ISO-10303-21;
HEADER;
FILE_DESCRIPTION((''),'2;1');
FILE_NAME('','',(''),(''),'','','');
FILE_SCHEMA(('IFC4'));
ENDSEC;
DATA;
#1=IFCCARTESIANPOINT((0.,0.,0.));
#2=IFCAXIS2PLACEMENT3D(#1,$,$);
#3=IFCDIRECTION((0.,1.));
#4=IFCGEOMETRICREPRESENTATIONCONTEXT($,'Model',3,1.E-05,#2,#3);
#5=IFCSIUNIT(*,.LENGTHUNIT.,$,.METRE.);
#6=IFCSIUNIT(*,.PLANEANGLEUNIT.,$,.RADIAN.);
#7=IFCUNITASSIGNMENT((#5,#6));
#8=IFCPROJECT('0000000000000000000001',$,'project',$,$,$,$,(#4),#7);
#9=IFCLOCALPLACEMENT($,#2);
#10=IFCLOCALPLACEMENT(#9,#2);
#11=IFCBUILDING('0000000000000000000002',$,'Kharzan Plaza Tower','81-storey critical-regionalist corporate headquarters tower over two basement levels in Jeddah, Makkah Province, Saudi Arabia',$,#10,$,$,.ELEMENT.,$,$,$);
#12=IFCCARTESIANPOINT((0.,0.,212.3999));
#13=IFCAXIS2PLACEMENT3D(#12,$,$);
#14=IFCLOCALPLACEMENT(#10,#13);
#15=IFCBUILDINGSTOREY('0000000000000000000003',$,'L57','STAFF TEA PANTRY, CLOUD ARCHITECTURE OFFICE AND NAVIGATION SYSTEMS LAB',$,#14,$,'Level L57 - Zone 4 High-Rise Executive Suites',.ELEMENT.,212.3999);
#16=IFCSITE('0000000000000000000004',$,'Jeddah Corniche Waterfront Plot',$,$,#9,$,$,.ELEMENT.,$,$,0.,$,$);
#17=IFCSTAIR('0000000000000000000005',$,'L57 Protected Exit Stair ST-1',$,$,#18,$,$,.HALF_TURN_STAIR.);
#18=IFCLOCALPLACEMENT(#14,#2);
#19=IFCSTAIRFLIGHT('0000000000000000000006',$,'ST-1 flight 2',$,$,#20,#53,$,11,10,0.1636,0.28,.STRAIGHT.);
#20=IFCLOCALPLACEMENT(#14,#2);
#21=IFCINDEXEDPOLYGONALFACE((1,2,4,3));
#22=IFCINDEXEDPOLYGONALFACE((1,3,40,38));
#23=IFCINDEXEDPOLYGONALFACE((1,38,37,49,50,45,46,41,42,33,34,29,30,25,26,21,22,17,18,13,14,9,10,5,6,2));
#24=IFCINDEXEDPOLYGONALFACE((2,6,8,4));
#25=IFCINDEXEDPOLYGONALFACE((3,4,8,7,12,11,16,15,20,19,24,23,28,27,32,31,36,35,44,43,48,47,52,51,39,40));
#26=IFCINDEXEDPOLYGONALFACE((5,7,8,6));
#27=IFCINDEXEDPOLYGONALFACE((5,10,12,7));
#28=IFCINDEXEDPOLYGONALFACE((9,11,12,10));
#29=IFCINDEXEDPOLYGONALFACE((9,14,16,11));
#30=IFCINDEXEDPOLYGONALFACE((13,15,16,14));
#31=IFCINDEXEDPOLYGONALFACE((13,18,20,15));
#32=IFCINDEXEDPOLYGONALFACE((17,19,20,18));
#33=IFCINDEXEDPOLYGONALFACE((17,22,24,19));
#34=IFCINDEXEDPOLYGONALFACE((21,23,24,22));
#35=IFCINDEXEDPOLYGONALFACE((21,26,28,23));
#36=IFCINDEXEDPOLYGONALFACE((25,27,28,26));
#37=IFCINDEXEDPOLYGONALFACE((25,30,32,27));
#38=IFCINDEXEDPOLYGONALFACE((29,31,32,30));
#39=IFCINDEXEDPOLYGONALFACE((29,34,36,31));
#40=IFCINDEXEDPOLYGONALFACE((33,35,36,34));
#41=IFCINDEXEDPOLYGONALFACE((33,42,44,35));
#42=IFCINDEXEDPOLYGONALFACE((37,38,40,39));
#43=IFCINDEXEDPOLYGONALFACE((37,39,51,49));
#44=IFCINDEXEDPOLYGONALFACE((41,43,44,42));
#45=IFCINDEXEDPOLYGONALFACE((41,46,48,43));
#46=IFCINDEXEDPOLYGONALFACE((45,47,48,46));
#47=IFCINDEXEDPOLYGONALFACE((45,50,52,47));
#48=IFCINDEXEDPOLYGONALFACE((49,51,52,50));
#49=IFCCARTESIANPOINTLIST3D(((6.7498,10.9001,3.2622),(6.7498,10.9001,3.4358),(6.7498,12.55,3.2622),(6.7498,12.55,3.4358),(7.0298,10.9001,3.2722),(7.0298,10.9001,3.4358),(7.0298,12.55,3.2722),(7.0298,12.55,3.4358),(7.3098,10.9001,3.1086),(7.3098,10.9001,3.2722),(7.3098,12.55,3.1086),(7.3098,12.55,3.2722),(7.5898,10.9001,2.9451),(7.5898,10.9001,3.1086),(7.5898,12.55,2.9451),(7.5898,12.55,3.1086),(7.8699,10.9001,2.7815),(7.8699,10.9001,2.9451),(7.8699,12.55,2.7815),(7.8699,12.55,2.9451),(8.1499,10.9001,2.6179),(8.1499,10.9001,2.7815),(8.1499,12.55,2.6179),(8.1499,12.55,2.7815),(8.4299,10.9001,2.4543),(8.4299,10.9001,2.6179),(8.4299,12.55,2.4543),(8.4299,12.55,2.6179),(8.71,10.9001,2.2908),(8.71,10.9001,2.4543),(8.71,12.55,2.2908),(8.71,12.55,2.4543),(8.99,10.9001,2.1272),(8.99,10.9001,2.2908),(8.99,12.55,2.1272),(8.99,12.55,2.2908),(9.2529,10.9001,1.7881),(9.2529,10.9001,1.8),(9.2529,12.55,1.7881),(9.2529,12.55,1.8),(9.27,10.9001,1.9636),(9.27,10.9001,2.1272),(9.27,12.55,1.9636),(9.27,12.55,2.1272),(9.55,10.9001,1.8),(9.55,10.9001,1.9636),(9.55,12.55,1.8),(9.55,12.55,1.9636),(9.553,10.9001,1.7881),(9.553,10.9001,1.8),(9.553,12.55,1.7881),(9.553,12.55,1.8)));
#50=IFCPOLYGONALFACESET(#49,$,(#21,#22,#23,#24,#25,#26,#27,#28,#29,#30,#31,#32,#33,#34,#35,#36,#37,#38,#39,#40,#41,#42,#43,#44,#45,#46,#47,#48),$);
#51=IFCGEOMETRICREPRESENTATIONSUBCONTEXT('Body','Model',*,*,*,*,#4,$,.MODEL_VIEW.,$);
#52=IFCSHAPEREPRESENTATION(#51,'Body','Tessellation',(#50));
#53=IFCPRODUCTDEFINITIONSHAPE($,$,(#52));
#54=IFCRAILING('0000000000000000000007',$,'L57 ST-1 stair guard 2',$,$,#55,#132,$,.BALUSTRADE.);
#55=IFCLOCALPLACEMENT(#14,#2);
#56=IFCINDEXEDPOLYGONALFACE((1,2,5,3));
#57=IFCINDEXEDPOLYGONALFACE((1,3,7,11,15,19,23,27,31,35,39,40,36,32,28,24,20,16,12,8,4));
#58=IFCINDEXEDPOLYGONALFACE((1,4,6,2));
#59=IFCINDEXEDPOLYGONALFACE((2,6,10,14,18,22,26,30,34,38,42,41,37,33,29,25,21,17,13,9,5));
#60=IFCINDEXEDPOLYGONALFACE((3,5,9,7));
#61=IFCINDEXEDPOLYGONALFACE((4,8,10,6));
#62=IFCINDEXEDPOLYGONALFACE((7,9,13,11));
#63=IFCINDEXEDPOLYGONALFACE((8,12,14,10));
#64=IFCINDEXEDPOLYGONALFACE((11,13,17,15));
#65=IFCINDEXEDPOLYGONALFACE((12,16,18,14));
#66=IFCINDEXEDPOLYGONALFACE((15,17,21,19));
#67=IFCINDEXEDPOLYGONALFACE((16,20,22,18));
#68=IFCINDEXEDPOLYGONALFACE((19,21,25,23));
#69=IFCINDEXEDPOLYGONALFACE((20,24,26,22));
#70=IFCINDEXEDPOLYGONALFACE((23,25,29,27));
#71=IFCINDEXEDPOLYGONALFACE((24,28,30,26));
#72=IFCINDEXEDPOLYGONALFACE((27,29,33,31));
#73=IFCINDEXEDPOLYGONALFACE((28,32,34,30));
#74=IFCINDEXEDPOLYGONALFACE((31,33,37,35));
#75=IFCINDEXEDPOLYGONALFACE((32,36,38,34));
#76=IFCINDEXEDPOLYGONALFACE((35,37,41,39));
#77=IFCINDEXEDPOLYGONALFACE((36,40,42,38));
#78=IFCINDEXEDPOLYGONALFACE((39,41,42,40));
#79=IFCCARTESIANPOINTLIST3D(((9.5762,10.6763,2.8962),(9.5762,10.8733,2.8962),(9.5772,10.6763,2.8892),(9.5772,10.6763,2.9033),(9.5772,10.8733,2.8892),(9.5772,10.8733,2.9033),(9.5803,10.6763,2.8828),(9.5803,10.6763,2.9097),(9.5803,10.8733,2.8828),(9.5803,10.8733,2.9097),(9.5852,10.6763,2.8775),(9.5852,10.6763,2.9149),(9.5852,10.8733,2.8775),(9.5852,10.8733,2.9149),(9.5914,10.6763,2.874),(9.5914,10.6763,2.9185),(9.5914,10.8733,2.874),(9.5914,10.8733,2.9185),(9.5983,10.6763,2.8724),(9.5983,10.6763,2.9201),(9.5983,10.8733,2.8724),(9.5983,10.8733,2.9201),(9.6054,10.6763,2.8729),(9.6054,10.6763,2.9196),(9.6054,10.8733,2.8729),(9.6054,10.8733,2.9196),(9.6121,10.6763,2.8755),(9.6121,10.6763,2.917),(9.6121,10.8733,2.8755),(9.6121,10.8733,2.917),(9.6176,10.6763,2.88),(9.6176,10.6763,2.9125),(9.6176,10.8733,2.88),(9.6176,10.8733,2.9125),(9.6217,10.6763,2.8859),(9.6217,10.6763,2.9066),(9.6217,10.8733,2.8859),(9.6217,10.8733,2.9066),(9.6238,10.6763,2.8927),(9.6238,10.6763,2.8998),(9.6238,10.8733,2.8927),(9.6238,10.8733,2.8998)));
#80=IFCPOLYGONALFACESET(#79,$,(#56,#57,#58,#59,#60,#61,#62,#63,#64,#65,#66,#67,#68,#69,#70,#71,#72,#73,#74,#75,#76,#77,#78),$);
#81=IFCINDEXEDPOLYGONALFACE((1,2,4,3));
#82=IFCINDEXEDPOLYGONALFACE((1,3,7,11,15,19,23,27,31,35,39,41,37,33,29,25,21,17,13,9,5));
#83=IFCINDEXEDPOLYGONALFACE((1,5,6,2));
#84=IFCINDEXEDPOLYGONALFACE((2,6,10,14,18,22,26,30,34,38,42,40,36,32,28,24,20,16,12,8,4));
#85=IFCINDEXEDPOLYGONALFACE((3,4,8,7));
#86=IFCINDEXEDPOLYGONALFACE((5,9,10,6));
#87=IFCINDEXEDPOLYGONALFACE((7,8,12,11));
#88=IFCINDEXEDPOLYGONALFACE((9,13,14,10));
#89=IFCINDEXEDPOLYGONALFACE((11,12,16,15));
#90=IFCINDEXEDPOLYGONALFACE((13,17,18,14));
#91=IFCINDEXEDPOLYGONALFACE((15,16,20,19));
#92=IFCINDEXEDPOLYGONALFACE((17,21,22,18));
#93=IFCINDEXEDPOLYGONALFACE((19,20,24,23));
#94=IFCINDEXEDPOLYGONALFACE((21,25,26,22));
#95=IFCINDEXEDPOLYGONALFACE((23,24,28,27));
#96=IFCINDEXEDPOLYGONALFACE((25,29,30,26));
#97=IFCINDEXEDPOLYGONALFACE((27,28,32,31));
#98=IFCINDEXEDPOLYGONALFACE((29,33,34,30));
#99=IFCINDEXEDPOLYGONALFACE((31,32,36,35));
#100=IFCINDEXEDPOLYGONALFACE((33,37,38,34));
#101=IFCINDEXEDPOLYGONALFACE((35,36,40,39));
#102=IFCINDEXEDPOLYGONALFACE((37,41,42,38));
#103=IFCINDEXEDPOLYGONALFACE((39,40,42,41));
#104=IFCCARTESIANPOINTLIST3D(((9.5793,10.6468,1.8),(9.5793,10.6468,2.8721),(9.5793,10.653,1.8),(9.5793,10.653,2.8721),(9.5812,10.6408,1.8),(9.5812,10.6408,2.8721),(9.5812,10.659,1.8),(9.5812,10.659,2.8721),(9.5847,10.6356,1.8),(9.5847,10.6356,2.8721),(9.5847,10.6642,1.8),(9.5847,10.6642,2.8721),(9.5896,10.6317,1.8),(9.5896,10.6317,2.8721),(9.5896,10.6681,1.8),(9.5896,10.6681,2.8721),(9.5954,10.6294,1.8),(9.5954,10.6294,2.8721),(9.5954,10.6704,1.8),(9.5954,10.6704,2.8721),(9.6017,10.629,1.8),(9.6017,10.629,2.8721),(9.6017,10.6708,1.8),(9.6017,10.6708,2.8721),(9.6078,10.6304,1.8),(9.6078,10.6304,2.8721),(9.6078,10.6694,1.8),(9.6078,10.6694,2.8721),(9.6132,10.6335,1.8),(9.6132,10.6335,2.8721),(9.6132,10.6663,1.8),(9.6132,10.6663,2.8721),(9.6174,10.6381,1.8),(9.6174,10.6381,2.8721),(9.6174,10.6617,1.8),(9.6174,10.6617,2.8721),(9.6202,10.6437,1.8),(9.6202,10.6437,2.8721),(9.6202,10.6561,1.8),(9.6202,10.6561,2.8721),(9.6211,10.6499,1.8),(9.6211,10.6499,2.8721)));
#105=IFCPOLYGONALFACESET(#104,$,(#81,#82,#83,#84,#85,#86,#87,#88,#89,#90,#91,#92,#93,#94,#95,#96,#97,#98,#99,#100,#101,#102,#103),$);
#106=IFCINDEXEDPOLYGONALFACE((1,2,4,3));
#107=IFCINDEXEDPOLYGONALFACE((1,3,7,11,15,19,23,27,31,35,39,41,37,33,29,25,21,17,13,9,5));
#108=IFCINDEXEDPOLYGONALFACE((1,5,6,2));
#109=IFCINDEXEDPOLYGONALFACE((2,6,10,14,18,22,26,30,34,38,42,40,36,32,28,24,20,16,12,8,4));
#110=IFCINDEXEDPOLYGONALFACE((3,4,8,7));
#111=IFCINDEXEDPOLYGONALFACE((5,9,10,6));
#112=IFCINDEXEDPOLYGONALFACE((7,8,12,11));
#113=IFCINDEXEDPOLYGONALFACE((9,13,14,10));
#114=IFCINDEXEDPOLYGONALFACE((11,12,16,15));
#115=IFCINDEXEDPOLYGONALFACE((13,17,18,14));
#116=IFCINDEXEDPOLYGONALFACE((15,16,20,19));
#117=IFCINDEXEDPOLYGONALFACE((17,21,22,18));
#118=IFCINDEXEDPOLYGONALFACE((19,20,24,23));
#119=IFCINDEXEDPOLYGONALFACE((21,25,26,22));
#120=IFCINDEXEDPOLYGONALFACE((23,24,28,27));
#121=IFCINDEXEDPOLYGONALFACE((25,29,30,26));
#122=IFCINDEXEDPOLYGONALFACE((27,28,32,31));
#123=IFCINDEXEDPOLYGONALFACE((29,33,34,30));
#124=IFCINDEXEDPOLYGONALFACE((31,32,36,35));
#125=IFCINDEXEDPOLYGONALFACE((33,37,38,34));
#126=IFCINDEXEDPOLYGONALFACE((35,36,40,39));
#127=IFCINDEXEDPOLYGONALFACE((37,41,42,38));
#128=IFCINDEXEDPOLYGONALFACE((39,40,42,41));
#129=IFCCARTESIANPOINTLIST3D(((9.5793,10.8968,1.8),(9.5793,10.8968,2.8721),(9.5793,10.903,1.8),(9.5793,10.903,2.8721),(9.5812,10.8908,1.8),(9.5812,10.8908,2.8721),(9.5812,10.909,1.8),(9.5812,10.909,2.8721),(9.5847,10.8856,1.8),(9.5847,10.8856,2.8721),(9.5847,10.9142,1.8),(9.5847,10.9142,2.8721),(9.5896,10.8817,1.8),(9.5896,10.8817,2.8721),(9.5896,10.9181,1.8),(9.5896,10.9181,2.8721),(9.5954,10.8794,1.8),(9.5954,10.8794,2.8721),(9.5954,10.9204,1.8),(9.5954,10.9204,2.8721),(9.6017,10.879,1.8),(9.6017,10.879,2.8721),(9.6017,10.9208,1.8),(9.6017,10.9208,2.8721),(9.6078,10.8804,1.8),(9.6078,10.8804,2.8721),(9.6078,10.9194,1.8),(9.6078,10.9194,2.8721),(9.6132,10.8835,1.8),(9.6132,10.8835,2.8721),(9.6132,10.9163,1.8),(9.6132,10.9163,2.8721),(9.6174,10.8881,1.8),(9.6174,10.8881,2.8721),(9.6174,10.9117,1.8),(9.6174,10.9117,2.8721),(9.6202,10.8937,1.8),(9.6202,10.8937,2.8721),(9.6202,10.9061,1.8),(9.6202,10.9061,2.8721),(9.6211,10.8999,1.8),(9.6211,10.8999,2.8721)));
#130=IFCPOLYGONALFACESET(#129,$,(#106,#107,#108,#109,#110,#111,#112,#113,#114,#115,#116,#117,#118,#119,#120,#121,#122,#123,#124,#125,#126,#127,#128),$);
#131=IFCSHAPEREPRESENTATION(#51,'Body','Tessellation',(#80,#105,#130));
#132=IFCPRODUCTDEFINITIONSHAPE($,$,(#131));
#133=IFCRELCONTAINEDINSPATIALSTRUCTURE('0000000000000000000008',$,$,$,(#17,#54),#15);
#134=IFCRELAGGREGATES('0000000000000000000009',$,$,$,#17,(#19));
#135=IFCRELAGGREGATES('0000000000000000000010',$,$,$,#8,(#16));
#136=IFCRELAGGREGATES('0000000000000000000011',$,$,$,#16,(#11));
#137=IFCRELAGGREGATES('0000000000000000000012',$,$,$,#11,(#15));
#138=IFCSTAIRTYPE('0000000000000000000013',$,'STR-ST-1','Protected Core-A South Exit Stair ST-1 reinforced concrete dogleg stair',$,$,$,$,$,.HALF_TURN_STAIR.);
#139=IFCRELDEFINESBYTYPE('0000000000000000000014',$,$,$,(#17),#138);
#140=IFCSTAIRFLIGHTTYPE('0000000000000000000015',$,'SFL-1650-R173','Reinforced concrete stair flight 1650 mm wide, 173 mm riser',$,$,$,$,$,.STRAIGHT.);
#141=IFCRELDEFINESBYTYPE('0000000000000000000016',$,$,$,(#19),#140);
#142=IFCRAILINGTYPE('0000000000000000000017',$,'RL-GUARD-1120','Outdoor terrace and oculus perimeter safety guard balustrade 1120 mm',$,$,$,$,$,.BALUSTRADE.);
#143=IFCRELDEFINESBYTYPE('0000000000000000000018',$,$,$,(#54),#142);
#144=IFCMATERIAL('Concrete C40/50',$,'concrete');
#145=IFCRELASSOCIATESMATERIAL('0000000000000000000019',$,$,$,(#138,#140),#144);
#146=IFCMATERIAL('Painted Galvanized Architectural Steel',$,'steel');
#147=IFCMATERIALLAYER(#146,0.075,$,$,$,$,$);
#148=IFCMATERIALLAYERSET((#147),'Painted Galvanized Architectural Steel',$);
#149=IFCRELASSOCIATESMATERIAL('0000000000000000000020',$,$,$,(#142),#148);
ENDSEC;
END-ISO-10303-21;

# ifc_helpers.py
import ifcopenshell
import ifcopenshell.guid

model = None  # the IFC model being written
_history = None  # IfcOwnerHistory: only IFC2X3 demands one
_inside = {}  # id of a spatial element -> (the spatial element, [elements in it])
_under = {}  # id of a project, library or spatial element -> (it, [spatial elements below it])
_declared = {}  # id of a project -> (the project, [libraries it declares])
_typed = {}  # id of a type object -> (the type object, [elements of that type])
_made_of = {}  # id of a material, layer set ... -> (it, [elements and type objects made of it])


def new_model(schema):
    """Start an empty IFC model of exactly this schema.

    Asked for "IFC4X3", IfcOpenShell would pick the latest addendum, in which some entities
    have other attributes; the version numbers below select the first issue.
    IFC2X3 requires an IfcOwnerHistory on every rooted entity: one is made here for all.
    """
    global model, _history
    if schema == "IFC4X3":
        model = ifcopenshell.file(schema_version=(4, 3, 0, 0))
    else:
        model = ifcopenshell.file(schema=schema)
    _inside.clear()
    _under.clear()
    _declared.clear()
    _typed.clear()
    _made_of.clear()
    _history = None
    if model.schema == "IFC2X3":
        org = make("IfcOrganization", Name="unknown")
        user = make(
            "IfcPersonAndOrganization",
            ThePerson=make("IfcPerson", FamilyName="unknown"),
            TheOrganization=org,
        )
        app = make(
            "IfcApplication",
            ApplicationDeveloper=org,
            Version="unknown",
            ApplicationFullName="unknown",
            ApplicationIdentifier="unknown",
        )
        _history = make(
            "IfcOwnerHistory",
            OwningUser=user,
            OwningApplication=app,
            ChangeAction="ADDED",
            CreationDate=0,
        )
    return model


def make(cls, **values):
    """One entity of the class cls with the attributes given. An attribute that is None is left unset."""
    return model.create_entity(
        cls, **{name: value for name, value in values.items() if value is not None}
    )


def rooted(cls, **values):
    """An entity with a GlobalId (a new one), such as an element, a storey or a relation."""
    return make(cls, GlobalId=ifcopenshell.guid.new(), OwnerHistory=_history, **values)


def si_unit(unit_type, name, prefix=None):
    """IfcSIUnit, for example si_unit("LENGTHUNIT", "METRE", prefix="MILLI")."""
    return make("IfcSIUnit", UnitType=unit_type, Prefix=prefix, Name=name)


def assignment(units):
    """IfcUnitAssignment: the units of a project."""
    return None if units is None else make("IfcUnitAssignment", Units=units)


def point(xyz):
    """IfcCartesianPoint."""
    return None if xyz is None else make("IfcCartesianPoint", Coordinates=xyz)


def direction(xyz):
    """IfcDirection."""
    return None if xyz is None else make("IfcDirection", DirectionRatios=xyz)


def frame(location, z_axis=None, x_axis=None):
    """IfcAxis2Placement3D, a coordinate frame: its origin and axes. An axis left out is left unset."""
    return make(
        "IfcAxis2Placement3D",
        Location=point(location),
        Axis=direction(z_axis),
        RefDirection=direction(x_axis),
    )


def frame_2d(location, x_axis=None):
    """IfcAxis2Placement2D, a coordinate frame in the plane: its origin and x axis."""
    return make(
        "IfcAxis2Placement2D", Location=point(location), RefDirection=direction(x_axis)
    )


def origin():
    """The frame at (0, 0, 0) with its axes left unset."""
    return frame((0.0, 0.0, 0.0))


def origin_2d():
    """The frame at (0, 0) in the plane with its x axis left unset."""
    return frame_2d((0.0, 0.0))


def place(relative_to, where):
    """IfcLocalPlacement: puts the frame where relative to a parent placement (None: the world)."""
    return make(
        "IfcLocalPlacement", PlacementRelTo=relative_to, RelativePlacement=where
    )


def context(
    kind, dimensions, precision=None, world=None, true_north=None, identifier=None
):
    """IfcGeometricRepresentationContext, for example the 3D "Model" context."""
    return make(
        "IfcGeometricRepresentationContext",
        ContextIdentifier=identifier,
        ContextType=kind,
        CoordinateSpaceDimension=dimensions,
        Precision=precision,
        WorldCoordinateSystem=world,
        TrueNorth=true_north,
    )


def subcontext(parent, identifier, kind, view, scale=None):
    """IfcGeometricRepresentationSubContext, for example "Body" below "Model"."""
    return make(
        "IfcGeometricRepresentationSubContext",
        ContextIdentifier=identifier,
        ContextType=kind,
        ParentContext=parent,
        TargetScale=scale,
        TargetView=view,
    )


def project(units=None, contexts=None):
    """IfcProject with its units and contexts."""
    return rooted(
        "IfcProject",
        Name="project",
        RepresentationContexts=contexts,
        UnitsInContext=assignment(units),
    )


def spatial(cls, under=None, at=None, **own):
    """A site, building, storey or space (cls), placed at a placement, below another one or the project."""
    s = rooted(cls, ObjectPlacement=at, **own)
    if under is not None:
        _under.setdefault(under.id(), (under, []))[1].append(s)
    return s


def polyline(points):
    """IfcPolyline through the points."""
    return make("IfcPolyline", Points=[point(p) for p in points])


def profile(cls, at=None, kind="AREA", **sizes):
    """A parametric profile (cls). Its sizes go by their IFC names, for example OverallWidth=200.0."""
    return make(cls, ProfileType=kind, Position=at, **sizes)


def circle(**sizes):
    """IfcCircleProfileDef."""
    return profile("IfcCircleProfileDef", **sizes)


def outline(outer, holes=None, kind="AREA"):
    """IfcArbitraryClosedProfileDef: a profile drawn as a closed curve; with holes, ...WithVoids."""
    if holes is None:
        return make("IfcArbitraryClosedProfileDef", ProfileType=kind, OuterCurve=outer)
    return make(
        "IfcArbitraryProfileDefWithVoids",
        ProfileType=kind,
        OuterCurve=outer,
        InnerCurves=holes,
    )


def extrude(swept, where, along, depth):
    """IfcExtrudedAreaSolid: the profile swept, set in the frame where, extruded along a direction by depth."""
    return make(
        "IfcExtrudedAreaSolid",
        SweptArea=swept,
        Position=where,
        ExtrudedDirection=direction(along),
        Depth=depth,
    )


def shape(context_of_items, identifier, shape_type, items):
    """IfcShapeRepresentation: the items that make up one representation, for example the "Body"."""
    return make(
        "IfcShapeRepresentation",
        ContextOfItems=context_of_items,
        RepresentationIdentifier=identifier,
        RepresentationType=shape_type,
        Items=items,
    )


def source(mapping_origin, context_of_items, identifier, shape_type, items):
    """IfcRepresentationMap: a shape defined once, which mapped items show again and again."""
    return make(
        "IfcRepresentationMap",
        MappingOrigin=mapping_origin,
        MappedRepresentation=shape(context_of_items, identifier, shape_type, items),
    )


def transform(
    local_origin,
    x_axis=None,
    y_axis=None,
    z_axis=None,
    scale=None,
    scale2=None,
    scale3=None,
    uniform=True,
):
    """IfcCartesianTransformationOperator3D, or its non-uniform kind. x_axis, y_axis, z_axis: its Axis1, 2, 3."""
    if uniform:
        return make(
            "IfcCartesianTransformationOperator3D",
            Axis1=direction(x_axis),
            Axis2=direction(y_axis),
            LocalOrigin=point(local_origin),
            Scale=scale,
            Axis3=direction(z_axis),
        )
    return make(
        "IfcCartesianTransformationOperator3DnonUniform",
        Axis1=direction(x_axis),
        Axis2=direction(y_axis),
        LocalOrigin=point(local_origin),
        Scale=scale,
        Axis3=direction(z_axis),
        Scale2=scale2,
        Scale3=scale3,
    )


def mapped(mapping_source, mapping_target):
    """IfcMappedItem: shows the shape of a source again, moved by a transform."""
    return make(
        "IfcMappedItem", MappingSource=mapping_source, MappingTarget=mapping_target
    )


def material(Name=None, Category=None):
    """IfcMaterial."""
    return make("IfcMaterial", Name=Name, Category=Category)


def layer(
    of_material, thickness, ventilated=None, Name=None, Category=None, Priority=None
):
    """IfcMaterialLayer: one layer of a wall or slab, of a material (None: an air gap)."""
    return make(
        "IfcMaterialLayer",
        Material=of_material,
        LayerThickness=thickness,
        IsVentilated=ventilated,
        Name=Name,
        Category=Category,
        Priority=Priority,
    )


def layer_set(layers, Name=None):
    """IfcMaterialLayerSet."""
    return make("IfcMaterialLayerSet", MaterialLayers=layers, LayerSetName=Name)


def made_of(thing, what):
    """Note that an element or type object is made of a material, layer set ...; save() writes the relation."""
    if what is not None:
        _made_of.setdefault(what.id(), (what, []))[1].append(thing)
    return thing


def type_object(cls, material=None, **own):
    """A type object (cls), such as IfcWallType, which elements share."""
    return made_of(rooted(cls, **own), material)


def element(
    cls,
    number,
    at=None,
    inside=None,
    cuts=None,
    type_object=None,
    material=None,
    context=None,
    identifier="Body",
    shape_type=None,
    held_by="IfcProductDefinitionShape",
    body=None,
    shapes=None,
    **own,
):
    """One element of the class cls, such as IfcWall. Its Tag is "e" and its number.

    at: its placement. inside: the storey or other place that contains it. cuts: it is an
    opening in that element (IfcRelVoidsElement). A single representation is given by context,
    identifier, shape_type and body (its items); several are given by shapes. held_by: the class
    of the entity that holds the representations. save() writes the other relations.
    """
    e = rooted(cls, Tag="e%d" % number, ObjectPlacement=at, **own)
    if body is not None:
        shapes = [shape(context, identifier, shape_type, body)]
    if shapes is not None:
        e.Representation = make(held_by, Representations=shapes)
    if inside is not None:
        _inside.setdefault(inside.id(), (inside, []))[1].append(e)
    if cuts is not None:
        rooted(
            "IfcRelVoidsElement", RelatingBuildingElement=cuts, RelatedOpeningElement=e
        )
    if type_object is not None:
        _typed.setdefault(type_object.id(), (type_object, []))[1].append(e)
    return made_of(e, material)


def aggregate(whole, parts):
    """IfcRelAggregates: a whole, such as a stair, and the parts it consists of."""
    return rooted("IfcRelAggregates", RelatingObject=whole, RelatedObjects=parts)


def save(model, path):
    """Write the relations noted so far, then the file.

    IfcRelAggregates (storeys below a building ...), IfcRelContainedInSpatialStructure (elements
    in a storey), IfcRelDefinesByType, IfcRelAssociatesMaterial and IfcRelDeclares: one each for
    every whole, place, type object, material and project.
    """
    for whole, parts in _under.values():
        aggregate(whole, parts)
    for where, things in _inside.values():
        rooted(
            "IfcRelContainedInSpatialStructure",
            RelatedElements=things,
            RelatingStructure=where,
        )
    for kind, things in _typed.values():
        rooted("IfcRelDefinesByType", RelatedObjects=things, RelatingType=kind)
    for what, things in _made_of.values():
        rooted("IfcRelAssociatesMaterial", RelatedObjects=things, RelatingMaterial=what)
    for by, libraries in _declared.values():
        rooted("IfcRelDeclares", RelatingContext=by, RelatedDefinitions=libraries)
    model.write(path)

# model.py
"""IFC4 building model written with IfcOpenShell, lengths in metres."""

from ifc_helpers import new_model, si_unit, direction, frame, origin, origin_2d, place, context, subcontext, project, spatial, polyline, circle, outline, extrude, source, transform, mapped, material, layer, layer_set, type_object, element, aggregate, save


model = new_model("IFC4")

# Units and contexts
model_context = context("Model", 3, precision=1e-05, world=origin(), true_north=direction((0.0, 1.0)))
body_context = subcontext(model_context, "Body", "Model", "MODEL_VIEW")
ifc_project = project(units=[si_unit("LENGTHUNIT", "METRE"), si_unit("PLANEANGLEUNIT", "RADIAN")], contexts=[model_context])

# Site, building, storey
site_placement = place(None, origin())
site = spatial("IfcSite", under=ifc_project, at=site_placement, Name="Jeddah Corniche Waterfront Plot", CompositionType="ELEMENT", RefElevation=0.0)
building_placement = place(site_placement, origin())
building = spatial("IfcBuilding", under=site, at=building_placement, Name="Kharzan Plaza Tower", Description="81-storey critical-regionalist corporate headquarters tower over two basement levels in Jeddah, Makkah Province, Saudi Arabia", CompositionType="ELEMENT")
storey_placement = place(building_placement, frame((0.0, 0.0, 212.3999)))
storey = spatial("IfcBuildingStorey", under=building, at=storey_placement, Name="L57", Description="STAFF TEA PANTRY, CLOUD ARCHITECTURE OFFICE AND NAVIGATION SYSTEMS LAB", LongName="Level L57 - Zone 4 High-Rise Executive Suites", CompositionType="ELEMENT", Elevation=212.3999)

# Shared definitions
ifc_material_1 = material(Name="Concrete C40/50", Category="concrete")

# Stair, stair flight
stair_type = type_object("IfcStairType", Name="STR-ST-1", Description="Protected Core-A South Exit Stair ST-1 reinforced concrete dogleg stair", PredefinedType="HALF_TURN_STAIR", material=ifc_material_1)
stair_placement = place(storey_placement, origin())
stair = element("IfcStair", 1, at=stair_placement, inside=storey, type_object=stair_type, Name="L57 Protected Exit Stair ST-1", PredefinedType="HALF_TURN_STAIR")
stair_flight_type = type_object("IfcStairFlightType", Name="SFL-1650-R173", Description="Reinforced concrete stair flight 1650 mm wide, 173 mm riser", PredefinedType="STRAIGHT", material=ifc_material_1)
shared_shape_1 = source(origin(), body_context, "Body", "SweptSolid", [
    extrude(outline(polyline([(-0.0029, -0.012), (-0.0029, 0.0), (0.0, 0.0), (0.0, 0.1636), (0.28, 0.1636), (0.28, 0.3271), (0.5601, 0.3271), (0.5601, 0.4907), (0.8401, 0.4907), (0.8401, 0.6543), (1.1201, 0.6543), (1.1201, 0.8179), (1.4001, 0.8179), (1.4001, 0.9814), (1.6802, 0.9814), (1.6802, 1.145), (1.9602, 1.145), (1.9602, 1.3086), (2.2402, 1.3086), (2.2402, 1.4722), (2.5203, 1.4722), (2.5203, 1.6357), (2.8003, 1.6357), (2.8003, 1.7993), (2.8003, 1.4622), (0.2971, 0.0), (0.2971, -0.012), (-0.0029, -0.012)])), frame((0.0, 0.825, 0.0), z_axis=(0.0, -1.0, 0.0), x_axis=(1.0, 0.0, 0.0)), (0.0, 0.0, 1.0), 1.6499),
])
stair_flight_placement = place(storey_placement, frame((9.55, 11.7251, 1.8), z_axis=(0.0, 0.0, 1.0), x_axis=(-1.0, 0.0, 0.0)))
stair_flight = element("IfcStairFlight", 2, at=stair_flight_placement, type_object=stair_flight_type, Name="ST-1 flight 2", NumberOfRisers=11, NumberOfTreads=10, PredefinedType="STRAIGHT", RiserHeight=0.1636, TreadLength=0.28, context=body_context, shape_type="MappedRepresentation", body=[
    mapped(shared_shape_1, transform((0.0, 0.0, 0.0), x_axis=(1.0, 0.0, 0.0), y_axis=(0.0, 1.0, 0.0), z_axis=(0.0, 0.0, 1.0))),
])
aggregate(stair, [stair_flight])

# Railing
ifc_material_2 = material(Name="Painted Galvanized Architectural Steel", Category="steel")
ifc_layer_1 = layer(ifc_material_2, 0.075)
ifc_layer_set_1 = layer_set([ifc_layer_1], Name="Painted Galvanized Architectural Steel")
railing_type_1 = type_object("IfcRailingType", Name="RL-GUARD-1120", Description="Outdoor terrace and oculus perimeter safety guard balustrade 1120 mm", PredefinedType="BALUSTRADE", material=ifc_layer_set_1)
shared_shape_2 = source(origin(), body_context, "Body", "SweptSolid", [
    extrude(circle(Radius=0.0239, at=origin_2d()), frame((0.0, 0.0264, 1.0962), z_axis=(0.0, 1.0, 0.0), x_axis=(-1.0, 0.0, 0.0)), (0.0, 0.0, 1.0), 0.197),
    extrude(circle(Radius=0.021, at=origin_2d()), origin(), (0.0, 0.0, 1.0), 1.072),
    extrude(circle(Radius=0.021, at=origin_2d()), frame((0.0, 0.25, 0.0)), (0.0, 0.0, 1.0), 1.072),
])
railing_1_placement = place(storey_placement, frame((9.6001, 10.6499, 1.8)))
element("IfcRailing", 3, at=railing_1_placement, inside=storey, type_object=railing_type_1, Name="L57 ST-1 stair guard 2", PredefinedType="BALUSTRADE", context=body_context, shape_type="MappedRepresentation", body=[
    mapped(shared_shape_2, transform((0.0, 0.0, 0.0), x_axis=(1.0, 0.0, 0.0), y_axis=(0.0, 1.0, 0.0), z_axis=(0.0, 0.0, 1.0))),
])

save(model, "model.ifc")
